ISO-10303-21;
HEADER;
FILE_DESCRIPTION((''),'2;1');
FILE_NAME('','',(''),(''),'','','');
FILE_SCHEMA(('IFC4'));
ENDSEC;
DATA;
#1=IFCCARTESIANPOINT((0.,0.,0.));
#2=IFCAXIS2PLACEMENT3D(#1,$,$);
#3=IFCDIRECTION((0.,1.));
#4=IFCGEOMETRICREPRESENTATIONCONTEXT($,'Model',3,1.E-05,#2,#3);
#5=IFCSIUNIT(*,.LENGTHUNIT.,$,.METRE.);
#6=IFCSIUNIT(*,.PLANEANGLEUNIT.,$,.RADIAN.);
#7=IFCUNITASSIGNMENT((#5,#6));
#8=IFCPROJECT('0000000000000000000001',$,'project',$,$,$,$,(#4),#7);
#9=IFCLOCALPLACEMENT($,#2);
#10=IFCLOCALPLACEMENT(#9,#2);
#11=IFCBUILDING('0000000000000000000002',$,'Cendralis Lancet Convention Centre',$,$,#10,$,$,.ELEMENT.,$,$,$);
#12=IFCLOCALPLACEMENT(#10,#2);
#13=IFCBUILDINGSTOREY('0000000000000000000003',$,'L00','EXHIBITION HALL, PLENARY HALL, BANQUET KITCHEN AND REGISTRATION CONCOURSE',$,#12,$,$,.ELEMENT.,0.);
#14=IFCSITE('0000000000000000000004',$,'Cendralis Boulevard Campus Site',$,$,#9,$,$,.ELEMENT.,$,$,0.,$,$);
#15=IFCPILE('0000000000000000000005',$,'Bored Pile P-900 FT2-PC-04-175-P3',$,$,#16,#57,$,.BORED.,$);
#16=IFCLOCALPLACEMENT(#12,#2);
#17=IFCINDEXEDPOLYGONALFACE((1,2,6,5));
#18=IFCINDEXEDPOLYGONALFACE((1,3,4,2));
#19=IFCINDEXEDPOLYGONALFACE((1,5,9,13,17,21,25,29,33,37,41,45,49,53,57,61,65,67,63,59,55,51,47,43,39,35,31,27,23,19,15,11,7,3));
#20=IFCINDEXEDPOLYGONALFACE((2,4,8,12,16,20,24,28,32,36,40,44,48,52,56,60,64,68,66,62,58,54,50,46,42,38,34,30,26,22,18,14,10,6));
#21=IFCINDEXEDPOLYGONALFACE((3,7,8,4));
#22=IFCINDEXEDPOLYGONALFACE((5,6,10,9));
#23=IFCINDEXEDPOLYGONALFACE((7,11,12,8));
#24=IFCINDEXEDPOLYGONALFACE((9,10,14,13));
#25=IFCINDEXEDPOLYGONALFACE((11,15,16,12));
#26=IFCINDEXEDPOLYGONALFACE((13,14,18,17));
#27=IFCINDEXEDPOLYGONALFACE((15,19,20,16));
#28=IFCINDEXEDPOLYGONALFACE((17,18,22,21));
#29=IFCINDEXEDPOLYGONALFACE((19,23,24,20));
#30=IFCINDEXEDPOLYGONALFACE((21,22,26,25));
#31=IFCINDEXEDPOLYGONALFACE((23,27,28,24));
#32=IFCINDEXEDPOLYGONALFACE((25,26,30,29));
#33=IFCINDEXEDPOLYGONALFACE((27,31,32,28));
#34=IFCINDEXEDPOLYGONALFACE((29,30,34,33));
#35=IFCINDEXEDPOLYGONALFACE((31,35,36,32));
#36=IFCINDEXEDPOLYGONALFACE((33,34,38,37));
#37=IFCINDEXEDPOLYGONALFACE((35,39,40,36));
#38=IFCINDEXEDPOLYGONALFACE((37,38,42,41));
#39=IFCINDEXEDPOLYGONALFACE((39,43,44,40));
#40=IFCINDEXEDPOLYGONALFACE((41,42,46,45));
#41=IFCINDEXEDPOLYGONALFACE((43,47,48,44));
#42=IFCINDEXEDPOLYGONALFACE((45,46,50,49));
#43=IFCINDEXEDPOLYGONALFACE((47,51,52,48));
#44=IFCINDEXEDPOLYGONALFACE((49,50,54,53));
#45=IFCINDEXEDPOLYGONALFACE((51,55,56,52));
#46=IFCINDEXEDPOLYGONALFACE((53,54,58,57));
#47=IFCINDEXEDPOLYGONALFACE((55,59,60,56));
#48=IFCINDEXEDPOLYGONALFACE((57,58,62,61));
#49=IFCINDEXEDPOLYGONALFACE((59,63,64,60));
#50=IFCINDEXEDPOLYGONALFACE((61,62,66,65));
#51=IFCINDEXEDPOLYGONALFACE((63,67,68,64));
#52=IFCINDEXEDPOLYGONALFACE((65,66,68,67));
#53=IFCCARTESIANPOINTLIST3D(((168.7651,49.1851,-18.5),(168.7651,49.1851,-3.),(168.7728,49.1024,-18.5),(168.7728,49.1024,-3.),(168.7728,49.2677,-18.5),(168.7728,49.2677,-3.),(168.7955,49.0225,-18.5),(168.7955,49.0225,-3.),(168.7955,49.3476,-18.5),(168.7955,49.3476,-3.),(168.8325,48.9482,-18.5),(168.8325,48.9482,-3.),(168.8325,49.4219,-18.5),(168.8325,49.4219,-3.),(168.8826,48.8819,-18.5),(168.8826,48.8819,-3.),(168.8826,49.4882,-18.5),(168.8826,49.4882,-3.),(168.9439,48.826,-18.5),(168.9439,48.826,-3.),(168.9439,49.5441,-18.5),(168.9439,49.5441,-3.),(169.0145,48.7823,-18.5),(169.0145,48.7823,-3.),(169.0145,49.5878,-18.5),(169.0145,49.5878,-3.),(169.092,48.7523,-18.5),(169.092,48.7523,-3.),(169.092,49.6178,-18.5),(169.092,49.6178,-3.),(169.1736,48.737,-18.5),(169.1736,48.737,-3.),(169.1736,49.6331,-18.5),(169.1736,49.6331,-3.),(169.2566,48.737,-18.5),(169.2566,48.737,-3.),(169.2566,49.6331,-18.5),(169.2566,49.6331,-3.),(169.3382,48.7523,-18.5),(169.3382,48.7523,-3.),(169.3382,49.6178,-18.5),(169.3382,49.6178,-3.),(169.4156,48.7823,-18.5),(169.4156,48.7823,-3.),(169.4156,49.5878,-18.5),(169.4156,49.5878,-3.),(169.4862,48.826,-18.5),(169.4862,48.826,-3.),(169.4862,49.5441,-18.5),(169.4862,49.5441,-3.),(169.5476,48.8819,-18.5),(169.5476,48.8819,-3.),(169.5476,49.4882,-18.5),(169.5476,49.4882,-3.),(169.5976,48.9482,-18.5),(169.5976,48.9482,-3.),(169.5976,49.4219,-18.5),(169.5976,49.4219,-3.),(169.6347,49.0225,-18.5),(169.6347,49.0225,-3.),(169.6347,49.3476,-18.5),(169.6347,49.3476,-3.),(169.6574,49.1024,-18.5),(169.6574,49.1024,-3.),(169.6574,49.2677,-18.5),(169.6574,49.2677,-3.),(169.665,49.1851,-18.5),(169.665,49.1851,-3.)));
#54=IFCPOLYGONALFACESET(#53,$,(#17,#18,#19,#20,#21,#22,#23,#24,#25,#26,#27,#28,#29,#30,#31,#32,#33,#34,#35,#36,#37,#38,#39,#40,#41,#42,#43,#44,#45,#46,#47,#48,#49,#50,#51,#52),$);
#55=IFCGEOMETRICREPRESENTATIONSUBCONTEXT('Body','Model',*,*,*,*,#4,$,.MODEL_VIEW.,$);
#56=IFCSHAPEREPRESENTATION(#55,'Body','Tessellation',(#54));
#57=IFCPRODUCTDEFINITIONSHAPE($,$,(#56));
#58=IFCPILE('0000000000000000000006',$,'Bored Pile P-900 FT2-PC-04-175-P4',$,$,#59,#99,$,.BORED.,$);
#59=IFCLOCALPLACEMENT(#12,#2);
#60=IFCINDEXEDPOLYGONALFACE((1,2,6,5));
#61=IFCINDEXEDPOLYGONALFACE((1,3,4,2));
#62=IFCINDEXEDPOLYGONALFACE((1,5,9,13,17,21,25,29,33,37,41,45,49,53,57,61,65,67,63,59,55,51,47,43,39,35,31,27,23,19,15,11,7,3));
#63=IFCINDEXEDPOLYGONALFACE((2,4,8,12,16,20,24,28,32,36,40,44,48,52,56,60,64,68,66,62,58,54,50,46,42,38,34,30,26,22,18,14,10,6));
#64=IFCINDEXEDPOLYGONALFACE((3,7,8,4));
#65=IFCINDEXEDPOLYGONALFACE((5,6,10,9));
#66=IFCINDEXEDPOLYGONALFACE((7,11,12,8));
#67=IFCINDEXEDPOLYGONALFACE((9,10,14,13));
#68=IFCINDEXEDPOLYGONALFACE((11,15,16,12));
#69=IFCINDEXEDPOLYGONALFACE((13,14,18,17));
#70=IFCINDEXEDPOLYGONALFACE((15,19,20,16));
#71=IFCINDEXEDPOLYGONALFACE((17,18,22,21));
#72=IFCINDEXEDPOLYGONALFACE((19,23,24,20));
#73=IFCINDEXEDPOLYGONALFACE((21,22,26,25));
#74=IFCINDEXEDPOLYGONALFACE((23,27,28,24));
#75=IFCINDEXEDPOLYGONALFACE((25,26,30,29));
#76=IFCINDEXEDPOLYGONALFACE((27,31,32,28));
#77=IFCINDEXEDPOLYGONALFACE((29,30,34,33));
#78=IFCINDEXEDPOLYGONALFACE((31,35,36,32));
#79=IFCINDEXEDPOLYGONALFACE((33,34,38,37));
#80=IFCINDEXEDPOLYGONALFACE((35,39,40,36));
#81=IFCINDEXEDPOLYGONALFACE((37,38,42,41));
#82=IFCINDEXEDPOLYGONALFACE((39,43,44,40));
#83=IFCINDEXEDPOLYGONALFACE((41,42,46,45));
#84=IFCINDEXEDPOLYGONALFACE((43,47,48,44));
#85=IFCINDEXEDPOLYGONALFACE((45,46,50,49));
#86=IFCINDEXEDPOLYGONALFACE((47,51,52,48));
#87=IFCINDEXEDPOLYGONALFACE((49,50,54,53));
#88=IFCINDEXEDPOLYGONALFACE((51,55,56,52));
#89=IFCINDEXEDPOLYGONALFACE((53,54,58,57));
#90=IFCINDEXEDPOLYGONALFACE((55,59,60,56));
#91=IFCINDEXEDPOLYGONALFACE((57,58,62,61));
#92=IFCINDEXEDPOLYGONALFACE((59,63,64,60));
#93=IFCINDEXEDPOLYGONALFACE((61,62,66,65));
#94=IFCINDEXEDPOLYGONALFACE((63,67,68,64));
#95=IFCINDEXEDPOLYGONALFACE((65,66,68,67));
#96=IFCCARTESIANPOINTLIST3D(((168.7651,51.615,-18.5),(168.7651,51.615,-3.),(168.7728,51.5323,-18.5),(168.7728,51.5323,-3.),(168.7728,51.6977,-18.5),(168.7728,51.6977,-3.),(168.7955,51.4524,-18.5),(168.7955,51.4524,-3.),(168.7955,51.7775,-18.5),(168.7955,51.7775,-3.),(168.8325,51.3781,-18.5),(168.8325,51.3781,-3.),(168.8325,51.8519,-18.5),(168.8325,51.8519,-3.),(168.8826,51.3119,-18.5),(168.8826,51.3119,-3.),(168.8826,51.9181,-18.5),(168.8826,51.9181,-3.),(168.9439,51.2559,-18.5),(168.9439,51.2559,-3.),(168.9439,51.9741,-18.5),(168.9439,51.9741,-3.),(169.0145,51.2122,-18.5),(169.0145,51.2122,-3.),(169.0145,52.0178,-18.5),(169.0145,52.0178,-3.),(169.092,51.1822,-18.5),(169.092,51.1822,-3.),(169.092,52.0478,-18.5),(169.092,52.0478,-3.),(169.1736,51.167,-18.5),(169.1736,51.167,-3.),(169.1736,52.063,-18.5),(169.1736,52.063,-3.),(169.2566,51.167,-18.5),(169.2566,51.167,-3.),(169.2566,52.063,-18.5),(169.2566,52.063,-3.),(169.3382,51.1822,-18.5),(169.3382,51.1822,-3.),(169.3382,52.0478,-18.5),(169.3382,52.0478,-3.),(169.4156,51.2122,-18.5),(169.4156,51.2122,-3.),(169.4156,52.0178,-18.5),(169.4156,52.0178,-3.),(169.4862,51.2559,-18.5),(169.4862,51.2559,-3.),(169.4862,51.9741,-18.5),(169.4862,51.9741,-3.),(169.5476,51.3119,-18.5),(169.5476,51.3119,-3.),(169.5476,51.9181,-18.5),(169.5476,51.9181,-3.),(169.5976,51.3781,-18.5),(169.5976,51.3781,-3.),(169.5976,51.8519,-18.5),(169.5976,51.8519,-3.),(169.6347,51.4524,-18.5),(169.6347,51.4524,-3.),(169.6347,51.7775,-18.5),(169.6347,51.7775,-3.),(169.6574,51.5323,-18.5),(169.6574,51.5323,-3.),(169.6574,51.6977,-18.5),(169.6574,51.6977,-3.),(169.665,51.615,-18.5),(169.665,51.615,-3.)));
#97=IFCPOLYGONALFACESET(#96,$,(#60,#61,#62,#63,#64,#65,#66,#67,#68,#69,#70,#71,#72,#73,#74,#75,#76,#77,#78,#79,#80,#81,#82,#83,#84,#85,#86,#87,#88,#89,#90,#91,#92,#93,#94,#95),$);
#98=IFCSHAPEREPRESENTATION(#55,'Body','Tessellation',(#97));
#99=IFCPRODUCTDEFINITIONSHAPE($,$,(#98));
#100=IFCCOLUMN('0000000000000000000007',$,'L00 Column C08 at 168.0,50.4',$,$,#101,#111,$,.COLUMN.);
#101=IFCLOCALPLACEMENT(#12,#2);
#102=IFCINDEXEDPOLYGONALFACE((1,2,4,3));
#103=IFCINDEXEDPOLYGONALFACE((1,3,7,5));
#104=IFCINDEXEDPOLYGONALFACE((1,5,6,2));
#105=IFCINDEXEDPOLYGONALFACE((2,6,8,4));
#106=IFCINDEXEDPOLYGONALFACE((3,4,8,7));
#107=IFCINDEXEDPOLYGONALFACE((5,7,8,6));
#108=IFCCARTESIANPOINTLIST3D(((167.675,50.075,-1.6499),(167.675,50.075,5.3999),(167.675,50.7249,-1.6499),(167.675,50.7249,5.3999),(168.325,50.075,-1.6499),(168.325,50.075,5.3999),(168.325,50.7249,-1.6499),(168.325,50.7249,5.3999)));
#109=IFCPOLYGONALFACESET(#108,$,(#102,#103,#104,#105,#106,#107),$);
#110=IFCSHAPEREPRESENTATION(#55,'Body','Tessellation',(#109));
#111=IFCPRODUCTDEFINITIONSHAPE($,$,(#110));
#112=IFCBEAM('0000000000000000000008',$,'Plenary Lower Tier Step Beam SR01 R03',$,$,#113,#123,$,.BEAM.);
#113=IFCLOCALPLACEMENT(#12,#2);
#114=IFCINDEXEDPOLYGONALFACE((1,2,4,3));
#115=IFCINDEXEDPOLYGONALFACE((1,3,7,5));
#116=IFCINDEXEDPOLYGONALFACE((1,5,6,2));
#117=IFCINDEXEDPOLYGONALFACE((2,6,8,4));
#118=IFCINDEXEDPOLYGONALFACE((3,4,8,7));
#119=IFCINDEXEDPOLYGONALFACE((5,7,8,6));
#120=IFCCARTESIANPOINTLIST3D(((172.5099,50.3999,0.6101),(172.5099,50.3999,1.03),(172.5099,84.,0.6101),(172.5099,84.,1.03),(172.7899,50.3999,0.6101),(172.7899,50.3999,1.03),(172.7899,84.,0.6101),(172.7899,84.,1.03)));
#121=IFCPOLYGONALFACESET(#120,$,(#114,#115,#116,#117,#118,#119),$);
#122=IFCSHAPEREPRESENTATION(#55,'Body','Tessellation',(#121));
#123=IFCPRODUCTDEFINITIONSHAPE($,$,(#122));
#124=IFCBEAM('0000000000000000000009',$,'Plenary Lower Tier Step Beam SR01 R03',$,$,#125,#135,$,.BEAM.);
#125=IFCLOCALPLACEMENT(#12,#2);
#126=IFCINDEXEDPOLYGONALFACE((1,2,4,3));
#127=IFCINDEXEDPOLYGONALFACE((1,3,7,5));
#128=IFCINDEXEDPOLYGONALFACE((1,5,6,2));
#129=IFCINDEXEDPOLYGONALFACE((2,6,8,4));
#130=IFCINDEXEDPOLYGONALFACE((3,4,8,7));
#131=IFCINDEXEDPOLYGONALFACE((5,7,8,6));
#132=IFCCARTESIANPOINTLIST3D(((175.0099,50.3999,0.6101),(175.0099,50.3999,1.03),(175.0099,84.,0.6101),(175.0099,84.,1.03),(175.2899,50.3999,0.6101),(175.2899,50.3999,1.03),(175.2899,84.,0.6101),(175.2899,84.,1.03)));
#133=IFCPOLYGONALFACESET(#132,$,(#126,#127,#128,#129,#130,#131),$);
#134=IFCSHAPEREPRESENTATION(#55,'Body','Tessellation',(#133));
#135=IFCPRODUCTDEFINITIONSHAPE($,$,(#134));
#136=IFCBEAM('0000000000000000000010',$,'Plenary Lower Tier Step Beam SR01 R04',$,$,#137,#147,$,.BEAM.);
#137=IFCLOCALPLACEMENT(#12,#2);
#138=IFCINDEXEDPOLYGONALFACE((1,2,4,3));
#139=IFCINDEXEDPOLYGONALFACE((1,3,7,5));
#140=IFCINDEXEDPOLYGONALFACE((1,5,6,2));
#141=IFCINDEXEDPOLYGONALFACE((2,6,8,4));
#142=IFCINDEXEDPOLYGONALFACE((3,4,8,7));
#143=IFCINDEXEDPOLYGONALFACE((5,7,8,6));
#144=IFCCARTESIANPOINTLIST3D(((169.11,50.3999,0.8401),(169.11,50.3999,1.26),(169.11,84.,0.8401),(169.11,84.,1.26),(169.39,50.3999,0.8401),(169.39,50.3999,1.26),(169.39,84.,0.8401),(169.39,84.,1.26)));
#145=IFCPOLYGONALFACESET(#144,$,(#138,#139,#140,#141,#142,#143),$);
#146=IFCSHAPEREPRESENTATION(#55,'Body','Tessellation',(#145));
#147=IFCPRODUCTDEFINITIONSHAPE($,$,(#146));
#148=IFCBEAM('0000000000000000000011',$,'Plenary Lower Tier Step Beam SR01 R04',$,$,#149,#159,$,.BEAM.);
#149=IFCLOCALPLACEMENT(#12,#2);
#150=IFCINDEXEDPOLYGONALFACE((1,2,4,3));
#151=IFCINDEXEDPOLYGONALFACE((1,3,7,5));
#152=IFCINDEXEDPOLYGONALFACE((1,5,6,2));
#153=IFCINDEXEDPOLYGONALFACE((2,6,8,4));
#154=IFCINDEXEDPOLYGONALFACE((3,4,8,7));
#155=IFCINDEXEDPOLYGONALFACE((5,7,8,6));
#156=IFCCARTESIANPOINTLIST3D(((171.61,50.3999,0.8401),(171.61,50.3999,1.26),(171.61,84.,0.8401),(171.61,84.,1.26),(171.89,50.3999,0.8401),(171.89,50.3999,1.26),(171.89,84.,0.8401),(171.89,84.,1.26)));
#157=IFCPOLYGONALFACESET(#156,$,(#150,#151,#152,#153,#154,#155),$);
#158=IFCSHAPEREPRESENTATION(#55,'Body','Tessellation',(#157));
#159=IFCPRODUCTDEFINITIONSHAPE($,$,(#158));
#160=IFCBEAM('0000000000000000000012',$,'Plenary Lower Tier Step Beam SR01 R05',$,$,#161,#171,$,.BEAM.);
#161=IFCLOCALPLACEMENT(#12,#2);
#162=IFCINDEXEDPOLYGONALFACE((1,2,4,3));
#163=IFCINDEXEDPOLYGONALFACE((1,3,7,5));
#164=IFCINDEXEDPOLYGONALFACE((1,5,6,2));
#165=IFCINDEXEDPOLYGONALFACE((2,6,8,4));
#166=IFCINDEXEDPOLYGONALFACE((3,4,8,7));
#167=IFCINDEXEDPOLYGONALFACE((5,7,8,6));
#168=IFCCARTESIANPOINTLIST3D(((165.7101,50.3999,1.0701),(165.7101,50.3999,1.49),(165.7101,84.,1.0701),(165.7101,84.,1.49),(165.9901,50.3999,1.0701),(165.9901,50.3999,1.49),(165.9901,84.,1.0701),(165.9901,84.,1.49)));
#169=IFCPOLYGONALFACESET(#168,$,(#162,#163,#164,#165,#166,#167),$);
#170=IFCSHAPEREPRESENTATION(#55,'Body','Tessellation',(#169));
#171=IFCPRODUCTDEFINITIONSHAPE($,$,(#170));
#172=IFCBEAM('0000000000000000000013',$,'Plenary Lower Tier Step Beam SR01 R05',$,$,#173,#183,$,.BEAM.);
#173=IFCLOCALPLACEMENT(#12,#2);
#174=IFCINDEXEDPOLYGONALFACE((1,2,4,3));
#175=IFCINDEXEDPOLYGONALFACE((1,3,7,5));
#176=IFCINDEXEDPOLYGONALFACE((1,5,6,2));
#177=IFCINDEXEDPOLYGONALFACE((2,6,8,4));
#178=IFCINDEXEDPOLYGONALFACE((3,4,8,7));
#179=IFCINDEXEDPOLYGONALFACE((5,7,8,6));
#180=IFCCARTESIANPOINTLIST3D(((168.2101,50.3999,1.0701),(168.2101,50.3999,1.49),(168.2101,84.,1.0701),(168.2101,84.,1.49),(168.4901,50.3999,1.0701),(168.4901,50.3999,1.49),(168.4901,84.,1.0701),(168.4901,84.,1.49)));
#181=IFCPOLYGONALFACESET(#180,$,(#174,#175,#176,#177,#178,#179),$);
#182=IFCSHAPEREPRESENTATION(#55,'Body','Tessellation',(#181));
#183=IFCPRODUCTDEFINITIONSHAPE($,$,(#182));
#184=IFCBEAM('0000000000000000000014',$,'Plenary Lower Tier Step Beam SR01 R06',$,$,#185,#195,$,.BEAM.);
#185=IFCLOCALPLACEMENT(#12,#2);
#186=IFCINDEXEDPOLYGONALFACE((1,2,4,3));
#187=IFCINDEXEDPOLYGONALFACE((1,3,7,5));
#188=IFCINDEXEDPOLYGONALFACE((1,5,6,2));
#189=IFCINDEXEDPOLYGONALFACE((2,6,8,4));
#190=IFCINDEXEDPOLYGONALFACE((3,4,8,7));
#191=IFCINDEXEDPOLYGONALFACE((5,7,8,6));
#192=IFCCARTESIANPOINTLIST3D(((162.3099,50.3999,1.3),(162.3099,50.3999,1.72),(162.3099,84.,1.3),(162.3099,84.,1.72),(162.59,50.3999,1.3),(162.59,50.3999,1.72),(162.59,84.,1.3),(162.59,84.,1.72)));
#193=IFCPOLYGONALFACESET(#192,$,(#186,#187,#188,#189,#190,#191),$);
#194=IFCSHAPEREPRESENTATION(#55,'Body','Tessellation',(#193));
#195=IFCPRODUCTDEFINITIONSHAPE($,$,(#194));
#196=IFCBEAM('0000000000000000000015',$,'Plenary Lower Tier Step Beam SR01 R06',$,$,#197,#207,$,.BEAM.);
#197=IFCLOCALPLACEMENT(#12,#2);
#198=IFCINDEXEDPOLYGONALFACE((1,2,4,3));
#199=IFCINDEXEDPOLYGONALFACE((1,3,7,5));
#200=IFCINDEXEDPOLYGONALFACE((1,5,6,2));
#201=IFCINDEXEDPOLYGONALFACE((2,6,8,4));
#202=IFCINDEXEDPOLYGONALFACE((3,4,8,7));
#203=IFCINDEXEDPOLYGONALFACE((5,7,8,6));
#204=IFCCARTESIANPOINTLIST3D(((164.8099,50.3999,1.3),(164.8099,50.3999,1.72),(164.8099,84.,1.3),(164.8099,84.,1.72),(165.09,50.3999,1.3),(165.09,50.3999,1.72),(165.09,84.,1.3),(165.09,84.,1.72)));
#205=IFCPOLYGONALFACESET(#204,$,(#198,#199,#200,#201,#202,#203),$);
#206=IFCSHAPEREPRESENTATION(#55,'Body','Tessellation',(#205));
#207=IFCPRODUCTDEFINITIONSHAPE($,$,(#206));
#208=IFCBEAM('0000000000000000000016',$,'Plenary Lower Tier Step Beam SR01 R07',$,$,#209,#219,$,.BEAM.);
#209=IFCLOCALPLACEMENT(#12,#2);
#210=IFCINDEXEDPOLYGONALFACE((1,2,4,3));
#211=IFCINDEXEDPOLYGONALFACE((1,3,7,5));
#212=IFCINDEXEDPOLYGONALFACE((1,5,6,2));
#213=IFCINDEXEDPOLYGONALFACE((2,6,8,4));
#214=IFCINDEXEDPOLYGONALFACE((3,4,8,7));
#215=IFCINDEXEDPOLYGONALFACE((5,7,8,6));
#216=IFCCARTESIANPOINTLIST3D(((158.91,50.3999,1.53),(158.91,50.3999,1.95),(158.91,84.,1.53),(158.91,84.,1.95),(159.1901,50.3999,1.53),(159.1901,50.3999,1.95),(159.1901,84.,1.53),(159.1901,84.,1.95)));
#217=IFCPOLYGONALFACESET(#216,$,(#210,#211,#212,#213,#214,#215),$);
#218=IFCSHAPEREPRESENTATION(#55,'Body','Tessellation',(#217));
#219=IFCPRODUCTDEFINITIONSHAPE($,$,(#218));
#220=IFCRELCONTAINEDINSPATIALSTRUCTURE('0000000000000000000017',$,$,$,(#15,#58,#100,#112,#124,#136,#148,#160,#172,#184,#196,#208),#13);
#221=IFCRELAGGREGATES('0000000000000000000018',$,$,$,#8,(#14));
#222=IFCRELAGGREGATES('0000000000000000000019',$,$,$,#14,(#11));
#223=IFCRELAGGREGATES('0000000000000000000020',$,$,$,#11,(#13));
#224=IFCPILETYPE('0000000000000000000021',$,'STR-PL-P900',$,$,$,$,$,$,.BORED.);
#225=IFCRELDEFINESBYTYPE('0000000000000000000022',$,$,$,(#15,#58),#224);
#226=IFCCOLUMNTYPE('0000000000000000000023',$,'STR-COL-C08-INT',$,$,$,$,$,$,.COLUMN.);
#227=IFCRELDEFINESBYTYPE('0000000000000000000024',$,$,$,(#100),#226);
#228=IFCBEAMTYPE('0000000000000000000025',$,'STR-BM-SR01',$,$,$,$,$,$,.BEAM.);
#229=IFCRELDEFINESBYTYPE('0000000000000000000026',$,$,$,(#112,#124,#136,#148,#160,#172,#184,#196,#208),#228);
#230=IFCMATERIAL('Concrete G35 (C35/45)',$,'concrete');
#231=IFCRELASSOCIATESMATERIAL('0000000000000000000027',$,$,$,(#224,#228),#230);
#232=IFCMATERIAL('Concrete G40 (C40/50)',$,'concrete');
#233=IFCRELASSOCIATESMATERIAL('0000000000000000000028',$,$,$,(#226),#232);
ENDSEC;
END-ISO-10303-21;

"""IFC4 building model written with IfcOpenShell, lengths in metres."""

from ifc_helpers import new_model, si_unit, direction, frame, origin, origin_2d, place, context, subcontext, project, spatial, rectangle, circle, extrude, material, material_profile, profile_set, type_object, element, save


model = new_model("IFC4")

# Units and contexts
model_context = context("Model", 3, precision=1e-05, world=origin(), true_north=direction((0.0, 1.0)))
body_context = subcontext(model_context, "Body", "Model", "MODEL_VIEW")
ifc_project = project(units=[si_unit("LENGTHUNIT", "METRE"), si_unit("PLANEANGLEUNIT", "RADIAN")], contexts=[model_context])

# Site, building, storey
site_placement = place(None, origin())
site = spatial("IfcSite", under=ifc_project, at=site_placement, Name="Cendralis Boulevard Campus Site", CompositionType="ELEMENT", RefElevation=0.0)
building_placement = place(site_placement, origin())
building = spatial("IfcBuilding", under=site, at=building_placement, Name="Cendralis Lancet Convention Centre", CompositionType="ELEMENT")
storey_placement = place(building_placement, origin())
storey = spatial("IfcBuildingStorey", under=building, at=storey_placement, Name="L00", Description="EXHIBITION HALL, PLENARY HALL, BANQUET KITCHEN AND REGISTRATION CONCOURSE", CompositionType="ELEMENT", Elevation=0.0)

# Shared definitions
ifc_material_1 = material(Name="Concrete G35 (C35/45)", Category="concrete")

# Piles
ifc_material_profile_1 = material_profile(ifc_material_1, circle(Radius=0.45, at=origin_2d()), Name="BORED PILE D900")
ifc_profile_set_1 = profile_set([ifc_material_profile_1], Name="Concrete G35 (C35/45)")
pile_type_1 = type_object("IfcPileType", Name="STR-PL-P900", PredefinedType="BORED", material=ifc_profile_set_1)
for number, where, z_axis, x_axis, name in (
    (1, (169.2151, 49.1851, -3.0), (0.0, 0.0, -1.0), (1.0, 0.0, 0.0), "Bored Pile P-900 FT2-PC-04-175-P3"),
    (2, (169.2151, 51.615, -3.0), (0.0, 0.0, -1.0), (1.0, 0.0, 0.0), "Bored Pile P-900 FT2-PC-04-175-P4"),
):
    element("IfcPile", number, at=place(storey_placement, frame(where, z_axis=z_axis, x_axis=x_axis)), inside=storey, type_object=pile_type_1, Name=name, PredefinedType="BORED", context=body_context, shape_type="SweptSolid", body=[
        extrude(circle(Radius=0.45, at=origin_2d()), origin(), (0.0, 0.0, 1.0), 15.5),
    ])

# Column
ifc_material_2 = material(Name="Concrete G40 (C40/50)", Category="concrete")
ifc_material_profile_2 = material_profile(ifc_material_2, rectangle(XDim=0.6499, YDim=0.6499, at=origin_2d()), Name="RC 650x650")
ifc_profile_set_2 = profile_set([ifc_material_profile_2], Name="Concrete G40 (C40/50)")
column_type = type_object("IfcColumnType", Name="STR-COL-C08-INT", PredefinedType="COLUMN", material=ifc_profile_set_2)
column_placement = place(storey_placement, frame((168.0, 50.3999, -1.6499), z_axis=(0.0, 0.0, 1.0), x_axis=(1.0, 0.0, 0.0)))
element("IfcColumn", 3, at=column_placement, inside=storey, type_object=column_type, Name="L00 Column C08 at 168.0,50.4", PredefinedType="COLUMN", context=body_context, shape_type="SweptSolid", body=[
    extrude(rectangle(XDim=0.6499, YDim=0.6499, at=origin_2d()), origin(), (0.0, 0.0, 1.0), 7.0498),
])

# Beams
ifc_material_profile_3 = material_profile(ifc_material_1, rectangle(XDim=0.28, YDim=0.4199, at=origin_2d()), Name="RCB 280x420")
ifc_profile_set_3 = profile_set([ifc_material_profile_3], Name="Concrete G35 (C35/45)")
beam_type = type_object("IfcBeamType", Name="STR-BM-SR01", PredefinedType="BEAM", material=ifc_profile_set_3)
for number, where, z_axis, x_axis, name in (
    (4, (172.6499, 50.3999, 0.8201), (0.0, 1.0, 0.0), (-1.0, 0.0, 0.0), "Plenary Lower Tier Step Beam SR01 R03"),
    (5, (175.1499, 50.3999, 0.8201), (0.0, 1.0, 0.0), (-1.0, 0.0, 0.0), "Plenary Lower Tier Step Beam SR01 R03"),
    (6, (169.25, 50.3999, 1.05), (0.0, 1.0, 0.0), (-1.0, 0.0, 0.0), "Plenary Lower Tier Step Beam SR01 R04"),
    (7, (171.75, 50.3999, 1.05), (0.0, 1.0, 0.0), (-1.0, 0.0, 0.0), "Plenary Lower Tier Step Beam SR01 R04"),
    (8, (165.8501, 50.3999, 1.28), (0.0, 1.0, 0.0), (-1.0, 0.0, 0.0), "Plenary Lower Tier Step Beam SR01 R05"),
    (9, (168.3501, 50.3999, 1.28), (0.0, 1.0, 0.0), (-1.0, 0.0, 0.0), "Plenary Lower Tier Step Beam SR01 R05"),
    (10, (162.45, 50.3999, 1.51), (0.0, 1.0, 0.0), (-1.0, 0.0, 0.0), "Plenary Lower Tier Step Beam SR01 R06"),
    (11, (164.95, 50.3999, 1.51), (0.0, 1.0, 0.0), (-1.0, 0.0, 0.0), "Plenary Lower Tier Step Beam SR01 R06"),
    (12, (159.05, 50.3999, 1.74), (0.0, 1.0, 0.0), (-1.0, 0.0, 0.0), "Plenary Lower Tier Step Beam SR01 R07"),
):
    element("IfcBeam", number, at=place(storey_placement, frame(where, z_axis=z_axis, x_axis=x_axis)), inside=storey, type_object=beam_type, Name=name, PredefinedType="BEAM", context=body_context, shape_type="SweptSolid", body=[
        extrude(rectangle(XDim=0.28, YDim=0.4199, at=origin_2d()), origin(), (0.0, 0.0, 1.0), 33.6001),
    ])

save(model, "model.ifc")
